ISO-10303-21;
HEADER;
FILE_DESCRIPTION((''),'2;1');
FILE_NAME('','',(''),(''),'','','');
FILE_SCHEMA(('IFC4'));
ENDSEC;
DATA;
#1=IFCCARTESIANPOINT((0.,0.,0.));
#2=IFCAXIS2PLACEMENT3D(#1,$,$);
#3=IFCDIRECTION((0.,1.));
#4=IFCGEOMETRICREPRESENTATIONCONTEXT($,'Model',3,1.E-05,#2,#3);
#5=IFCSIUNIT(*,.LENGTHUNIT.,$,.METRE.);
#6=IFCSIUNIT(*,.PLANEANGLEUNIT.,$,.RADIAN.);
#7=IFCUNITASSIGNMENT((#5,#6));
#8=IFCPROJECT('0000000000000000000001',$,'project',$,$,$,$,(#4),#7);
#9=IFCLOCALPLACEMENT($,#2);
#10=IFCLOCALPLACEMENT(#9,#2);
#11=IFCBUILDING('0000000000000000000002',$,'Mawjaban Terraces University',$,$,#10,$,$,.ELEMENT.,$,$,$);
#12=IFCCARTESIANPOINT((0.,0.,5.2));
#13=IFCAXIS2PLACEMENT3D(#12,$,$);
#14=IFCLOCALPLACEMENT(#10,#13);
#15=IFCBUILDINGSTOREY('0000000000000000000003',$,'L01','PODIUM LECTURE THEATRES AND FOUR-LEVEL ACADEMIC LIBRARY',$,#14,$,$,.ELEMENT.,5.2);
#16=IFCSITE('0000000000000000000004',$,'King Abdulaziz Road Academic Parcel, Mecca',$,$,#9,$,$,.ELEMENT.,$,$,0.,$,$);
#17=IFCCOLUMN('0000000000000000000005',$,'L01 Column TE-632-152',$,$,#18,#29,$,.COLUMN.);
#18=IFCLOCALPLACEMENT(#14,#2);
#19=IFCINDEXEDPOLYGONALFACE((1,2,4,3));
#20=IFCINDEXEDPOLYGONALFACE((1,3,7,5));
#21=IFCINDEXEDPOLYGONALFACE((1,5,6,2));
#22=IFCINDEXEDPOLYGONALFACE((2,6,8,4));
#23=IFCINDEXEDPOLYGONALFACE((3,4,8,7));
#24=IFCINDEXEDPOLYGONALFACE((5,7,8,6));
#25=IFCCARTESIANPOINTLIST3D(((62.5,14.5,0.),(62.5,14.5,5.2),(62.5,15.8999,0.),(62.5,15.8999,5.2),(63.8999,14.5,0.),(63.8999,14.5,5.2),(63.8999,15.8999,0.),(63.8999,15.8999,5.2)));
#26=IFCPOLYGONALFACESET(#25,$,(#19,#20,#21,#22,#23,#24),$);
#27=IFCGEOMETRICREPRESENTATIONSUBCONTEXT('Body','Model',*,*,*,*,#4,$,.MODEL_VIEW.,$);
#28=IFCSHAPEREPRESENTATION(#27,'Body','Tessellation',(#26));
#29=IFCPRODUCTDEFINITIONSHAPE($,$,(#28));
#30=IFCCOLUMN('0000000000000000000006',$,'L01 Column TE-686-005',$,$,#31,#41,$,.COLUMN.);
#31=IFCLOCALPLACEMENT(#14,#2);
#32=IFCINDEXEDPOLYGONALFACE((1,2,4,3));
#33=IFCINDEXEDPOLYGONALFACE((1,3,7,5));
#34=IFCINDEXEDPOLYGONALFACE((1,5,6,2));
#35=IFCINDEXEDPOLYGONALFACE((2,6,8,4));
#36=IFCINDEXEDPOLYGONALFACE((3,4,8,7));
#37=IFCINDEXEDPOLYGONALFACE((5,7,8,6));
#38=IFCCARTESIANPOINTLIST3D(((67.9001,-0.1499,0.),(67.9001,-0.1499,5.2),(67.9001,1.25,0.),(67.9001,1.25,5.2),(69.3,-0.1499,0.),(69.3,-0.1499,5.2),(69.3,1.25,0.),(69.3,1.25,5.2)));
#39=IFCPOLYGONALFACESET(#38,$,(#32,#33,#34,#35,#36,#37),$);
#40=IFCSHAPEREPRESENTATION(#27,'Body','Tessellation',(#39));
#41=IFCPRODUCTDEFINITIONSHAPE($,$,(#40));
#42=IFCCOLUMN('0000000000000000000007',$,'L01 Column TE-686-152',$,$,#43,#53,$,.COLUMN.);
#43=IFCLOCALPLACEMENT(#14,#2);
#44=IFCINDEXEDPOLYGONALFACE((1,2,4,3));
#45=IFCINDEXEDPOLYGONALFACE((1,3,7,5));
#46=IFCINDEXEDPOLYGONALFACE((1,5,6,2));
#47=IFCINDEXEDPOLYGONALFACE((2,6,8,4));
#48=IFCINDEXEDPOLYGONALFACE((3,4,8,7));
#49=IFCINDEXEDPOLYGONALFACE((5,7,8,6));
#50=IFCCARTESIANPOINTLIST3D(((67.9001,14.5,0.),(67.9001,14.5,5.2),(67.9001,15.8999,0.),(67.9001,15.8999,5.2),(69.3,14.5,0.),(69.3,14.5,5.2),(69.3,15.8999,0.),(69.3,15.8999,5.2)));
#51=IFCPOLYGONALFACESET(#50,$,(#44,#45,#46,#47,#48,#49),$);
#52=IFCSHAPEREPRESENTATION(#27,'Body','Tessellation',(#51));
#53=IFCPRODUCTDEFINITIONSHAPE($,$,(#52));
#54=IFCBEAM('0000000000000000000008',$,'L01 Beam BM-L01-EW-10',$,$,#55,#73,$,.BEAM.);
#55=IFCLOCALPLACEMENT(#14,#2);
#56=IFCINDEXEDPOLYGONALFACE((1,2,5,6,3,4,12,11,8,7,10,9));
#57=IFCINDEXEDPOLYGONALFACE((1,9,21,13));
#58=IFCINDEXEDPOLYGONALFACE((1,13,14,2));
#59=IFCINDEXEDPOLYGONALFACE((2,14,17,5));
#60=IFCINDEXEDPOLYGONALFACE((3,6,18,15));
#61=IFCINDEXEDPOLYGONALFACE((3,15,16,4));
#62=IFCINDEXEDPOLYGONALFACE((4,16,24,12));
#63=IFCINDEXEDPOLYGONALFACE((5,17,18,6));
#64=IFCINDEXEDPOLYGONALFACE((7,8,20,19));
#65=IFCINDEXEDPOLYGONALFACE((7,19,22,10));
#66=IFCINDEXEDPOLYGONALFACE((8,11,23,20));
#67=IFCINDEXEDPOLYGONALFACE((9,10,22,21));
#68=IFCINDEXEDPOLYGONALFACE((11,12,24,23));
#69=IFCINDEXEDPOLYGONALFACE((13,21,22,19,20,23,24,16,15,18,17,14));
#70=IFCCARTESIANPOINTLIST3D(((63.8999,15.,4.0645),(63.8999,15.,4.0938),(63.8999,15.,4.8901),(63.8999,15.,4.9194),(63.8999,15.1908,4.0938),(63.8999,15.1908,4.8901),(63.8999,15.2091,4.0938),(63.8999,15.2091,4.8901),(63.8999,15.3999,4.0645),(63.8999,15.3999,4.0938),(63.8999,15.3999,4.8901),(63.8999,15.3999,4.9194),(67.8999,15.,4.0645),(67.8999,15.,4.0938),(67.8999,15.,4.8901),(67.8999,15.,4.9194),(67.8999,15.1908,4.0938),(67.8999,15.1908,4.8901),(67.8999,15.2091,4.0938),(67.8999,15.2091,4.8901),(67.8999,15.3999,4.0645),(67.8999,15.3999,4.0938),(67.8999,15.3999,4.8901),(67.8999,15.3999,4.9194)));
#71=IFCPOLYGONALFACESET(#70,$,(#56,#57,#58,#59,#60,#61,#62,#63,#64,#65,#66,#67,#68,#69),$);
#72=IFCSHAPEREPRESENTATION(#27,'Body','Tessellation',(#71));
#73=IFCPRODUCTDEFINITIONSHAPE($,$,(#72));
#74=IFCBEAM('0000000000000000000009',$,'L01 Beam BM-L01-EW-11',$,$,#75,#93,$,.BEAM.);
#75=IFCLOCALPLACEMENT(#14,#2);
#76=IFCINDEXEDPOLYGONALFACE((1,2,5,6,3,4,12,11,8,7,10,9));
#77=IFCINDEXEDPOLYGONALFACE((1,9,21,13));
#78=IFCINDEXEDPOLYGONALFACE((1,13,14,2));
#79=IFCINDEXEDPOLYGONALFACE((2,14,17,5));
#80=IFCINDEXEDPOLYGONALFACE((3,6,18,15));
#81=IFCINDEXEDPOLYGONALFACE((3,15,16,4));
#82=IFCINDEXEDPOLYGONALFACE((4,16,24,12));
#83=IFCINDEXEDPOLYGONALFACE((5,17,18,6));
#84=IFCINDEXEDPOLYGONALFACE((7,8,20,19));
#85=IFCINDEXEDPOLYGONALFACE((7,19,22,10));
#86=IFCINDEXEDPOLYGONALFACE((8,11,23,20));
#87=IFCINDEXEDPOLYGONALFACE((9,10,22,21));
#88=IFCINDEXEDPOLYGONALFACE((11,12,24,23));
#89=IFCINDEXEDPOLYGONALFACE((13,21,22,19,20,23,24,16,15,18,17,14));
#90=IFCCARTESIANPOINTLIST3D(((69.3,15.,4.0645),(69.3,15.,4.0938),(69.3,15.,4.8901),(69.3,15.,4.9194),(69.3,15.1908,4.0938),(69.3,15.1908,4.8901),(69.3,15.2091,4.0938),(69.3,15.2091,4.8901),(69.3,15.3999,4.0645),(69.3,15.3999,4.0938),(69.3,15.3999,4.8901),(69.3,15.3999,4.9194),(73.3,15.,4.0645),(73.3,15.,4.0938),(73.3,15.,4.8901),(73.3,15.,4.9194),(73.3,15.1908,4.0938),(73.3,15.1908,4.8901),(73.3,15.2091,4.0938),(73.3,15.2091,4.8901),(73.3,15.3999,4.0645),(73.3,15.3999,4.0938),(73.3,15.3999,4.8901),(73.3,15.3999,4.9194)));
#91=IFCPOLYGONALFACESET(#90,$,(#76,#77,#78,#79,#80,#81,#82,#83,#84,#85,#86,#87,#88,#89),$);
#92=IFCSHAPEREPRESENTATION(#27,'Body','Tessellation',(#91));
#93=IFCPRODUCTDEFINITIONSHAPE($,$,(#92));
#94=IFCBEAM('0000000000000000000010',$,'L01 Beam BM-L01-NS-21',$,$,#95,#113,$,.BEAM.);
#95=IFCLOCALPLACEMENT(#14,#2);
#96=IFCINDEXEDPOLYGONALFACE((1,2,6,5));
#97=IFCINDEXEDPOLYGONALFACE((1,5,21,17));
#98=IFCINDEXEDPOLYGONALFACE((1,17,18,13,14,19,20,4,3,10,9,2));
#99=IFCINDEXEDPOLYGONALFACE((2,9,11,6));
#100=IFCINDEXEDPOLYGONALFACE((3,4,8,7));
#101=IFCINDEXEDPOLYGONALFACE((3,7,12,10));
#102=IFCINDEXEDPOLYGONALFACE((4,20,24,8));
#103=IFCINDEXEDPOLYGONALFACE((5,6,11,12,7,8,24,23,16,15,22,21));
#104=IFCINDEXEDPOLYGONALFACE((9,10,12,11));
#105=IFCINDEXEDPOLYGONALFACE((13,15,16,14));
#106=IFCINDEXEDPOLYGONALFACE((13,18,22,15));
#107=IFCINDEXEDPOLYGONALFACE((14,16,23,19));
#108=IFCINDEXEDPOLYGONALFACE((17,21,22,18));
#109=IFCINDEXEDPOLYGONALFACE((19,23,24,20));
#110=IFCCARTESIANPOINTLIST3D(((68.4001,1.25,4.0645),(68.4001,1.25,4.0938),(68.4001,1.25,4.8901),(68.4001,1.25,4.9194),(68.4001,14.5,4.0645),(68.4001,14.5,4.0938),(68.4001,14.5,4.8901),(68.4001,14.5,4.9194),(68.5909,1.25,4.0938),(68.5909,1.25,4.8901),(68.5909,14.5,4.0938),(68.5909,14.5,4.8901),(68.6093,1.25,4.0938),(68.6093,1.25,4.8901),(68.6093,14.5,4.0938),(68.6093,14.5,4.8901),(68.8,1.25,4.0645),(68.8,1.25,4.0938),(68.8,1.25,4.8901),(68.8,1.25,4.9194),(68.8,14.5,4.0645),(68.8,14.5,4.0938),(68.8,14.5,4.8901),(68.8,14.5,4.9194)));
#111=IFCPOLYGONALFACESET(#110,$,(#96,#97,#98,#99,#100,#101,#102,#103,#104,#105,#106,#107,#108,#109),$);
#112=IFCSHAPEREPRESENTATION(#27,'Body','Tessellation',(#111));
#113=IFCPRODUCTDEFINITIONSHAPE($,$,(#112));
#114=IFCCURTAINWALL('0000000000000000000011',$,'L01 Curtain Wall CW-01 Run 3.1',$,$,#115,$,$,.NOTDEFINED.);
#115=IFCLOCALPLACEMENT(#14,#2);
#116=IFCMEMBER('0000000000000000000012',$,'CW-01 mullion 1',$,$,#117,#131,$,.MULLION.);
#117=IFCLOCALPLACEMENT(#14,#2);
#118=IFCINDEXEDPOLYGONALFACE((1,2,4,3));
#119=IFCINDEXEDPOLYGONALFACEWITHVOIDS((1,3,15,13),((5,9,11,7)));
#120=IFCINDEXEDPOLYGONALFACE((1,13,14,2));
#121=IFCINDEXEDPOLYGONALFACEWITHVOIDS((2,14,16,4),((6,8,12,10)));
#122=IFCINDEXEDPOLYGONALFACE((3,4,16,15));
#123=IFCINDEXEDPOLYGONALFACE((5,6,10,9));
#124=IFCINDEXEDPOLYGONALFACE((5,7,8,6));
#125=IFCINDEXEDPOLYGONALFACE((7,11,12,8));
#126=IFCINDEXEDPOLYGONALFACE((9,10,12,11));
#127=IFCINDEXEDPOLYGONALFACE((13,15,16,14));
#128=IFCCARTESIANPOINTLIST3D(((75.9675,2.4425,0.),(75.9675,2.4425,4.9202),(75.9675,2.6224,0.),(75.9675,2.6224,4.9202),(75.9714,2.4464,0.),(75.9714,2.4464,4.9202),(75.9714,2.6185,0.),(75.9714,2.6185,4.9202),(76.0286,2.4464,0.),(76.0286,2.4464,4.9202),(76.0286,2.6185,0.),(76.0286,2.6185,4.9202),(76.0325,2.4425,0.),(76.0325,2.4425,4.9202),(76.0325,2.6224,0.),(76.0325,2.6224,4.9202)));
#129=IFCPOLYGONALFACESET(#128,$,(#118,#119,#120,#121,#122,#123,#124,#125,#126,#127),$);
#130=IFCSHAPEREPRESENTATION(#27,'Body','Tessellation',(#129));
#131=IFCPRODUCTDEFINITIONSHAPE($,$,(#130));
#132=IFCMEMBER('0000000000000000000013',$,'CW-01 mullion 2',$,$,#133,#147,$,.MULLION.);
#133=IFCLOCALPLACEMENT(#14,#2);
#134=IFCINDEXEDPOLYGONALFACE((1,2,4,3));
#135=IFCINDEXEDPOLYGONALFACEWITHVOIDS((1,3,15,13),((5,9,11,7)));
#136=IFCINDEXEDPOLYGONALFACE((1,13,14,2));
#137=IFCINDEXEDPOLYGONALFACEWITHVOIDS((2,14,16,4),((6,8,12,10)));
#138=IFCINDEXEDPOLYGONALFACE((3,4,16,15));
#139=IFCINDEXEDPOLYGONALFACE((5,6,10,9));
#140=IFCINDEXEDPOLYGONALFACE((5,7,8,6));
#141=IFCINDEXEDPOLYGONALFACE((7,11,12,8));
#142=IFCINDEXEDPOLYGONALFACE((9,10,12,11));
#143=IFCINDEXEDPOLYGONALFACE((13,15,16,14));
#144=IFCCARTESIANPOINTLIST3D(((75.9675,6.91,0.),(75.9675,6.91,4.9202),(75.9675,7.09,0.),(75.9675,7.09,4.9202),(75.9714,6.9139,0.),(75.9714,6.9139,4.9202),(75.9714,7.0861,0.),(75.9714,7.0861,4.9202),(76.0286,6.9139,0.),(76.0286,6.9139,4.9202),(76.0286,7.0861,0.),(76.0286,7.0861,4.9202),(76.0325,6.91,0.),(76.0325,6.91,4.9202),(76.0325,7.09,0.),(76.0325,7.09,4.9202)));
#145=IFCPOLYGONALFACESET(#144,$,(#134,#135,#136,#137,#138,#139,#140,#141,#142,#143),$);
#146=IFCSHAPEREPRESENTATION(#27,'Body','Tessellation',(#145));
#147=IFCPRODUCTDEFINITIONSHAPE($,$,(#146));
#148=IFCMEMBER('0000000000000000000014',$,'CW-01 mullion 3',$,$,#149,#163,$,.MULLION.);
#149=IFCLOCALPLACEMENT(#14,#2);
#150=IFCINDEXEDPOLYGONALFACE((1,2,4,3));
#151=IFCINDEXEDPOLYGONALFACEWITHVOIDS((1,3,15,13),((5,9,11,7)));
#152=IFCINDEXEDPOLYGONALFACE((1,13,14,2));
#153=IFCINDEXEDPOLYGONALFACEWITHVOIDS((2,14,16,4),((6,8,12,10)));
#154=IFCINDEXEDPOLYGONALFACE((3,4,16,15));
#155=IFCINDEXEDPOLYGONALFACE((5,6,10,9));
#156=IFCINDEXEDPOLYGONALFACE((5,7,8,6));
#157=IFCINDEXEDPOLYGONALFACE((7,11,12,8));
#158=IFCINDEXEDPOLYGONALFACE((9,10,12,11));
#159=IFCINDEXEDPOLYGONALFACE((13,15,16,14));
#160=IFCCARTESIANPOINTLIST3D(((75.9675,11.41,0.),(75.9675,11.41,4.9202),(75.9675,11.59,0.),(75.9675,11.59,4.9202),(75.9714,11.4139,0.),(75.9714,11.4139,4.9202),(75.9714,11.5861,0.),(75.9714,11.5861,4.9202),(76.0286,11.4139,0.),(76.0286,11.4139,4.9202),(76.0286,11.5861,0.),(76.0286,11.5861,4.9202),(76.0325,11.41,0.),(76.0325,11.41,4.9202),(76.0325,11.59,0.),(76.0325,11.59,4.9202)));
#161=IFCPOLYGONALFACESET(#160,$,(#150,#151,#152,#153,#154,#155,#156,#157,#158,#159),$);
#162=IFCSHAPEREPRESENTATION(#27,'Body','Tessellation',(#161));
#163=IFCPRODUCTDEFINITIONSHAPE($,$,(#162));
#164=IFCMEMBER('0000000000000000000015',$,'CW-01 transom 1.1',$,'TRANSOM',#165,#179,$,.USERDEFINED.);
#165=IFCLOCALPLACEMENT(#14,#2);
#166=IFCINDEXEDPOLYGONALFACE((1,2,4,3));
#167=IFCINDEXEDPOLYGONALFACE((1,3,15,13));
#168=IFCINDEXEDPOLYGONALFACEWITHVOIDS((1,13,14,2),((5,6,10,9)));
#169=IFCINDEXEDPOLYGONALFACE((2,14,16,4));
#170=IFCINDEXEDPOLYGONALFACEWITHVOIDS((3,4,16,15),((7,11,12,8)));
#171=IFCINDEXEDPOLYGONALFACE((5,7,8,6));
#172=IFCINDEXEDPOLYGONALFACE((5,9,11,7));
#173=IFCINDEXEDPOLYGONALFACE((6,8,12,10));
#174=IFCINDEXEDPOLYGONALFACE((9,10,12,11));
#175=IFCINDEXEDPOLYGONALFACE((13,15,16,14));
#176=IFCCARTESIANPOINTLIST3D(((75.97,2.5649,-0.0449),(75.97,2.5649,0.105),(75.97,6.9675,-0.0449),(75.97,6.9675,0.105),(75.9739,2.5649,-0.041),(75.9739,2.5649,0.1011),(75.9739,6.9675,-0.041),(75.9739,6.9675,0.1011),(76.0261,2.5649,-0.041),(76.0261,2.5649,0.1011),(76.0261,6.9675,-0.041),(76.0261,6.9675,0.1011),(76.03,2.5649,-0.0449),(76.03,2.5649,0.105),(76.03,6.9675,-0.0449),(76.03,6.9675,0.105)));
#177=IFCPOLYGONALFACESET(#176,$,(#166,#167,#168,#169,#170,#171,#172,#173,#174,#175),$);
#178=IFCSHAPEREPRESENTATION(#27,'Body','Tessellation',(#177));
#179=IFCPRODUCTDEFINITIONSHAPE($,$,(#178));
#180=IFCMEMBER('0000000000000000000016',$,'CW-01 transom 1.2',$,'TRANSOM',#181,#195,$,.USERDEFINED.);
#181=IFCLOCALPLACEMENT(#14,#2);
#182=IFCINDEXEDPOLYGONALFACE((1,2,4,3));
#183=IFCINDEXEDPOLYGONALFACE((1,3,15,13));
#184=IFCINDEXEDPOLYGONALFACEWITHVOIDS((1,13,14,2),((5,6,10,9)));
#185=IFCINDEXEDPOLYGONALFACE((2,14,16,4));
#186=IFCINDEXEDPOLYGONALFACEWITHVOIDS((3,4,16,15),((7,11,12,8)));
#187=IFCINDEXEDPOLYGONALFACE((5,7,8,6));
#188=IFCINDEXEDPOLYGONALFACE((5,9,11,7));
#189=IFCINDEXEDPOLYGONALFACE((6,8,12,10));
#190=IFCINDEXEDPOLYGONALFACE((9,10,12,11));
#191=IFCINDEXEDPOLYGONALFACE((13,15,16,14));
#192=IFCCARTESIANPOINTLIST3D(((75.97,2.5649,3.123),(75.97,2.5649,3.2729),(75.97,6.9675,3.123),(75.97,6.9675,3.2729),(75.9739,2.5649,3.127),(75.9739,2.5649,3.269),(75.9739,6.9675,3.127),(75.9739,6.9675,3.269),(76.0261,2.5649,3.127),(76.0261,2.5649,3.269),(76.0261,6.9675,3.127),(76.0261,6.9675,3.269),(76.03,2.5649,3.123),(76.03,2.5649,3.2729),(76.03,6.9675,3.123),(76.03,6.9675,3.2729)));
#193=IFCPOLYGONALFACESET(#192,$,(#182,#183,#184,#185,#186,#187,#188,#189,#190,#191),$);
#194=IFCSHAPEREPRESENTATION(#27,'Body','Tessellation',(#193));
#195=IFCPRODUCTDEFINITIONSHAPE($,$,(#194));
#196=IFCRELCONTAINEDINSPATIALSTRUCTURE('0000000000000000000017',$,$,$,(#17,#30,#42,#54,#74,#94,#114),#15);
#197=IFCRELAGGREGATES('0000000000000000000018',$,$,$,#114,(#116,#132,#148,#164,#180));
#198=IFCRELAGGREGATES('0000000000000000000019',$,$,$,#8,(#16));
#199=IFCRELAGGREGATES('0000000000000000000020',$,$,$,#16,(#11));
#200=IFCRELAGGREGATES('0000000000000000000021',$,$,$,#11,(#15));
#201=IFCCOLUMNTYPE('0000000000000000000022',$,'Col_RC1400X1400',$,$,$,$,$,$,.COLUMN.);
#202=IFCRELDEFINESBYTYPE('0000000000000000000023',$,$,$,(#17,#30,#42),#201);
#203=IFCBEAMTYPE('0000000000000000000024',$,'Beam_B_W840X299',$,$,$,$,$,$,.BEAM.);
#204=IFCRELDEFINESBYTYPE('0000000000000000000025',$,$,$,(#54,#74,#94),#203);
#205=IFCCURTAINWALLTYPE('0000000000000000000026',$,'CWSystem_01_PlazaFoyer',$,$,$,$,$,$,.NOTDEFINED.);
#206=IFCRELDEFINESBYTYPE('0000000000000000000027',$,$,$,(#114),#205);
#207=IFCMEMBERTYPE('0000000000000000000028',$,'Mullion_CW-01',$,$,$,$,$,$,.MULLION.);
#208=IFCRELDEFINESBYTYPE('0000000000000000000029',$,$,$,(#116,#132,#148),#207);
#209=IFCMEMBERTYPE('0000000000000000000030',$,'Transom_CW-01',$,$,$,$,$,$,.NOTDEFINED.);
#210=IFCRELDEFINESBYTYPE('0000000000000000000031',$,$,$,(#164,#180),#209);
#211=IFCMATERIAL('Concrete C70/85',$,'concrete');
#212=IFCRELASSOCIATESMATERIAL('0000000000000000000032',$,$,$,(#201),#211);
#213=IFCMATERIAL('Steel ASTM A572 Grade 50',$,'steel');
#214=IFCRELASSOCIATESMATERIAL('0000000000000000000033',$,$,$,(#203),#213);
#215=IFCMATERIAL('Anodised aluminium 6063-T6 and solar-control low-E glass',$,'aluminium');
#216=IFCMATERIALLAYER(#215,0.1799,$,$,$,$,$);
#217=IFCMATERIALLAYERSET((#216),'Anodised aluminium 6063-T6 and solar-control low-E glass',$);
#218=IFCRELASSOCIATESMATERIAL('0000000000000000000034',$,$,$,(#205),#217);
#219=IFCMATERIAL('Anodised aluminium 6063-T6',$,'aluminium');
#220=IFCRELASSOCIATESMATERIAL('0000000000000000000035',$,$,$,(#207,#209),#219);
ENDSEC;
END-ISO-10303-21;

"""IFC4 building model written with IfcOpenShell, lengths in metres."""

from ifc_helpers import new_model, si_unit, direction, frame, origin, origin_2d, place, context, subcontext, project, spatial, rectangle, hollow_rectangle, i_section, extrude, material, layer, layer_set, material_profile, profile_set, type_object, element, aggregate, save


model = new_model("IFC4")

# Units and contexts
model_context = context("Model", 3, precision=1e-05, world=origin(), true_north=direction((0.0, 1.0)))
body_context = subcontext(model_context, "Body", "Model", "MODEL_VIEW")
ifc_project = project(units=[si_unit("LENGTHUNIT", "METRE"), si_unit("PLANEANGLEUNIT", "RADIAN")], contexts=[model_context])

# Site, building, storey
site_placement = place(None, origin())
site = spatial("IfcSite", under=ifc_project, at=site_placement, Name="King Abdulaziz Road Academic Parcel, Mecca", CompositionType="ELEMENT", RefElevation=0.0)
building_placement = place(site_placement, origin())
building = spatial("IfcBuilding", under=site, at=building_placement, Name="Mawjaban Terraces University", CompositionType="ELEMENT")
storey_placement = place(building_placement, frame((0.0, 0.0, 5.2)))
storey = spatial("IfcBuildingStorey", under=building, at=storey_placement, Name="L01", Description="PODIUM LECTURE THEATRES AND FOUR-LEVEL ACADEMIC LIBRARY", CompositionType="ELEMENT", Elevation=5.2)

# Columns
ifc_material_1 = material(Name="Concrete C70/85", Category="concrete")
ifc_material_profile_1 = material_profile(ifc_material_1, rectangle(XDim=1.3999, YDim=1.3999, at=origin_2d()), Name="RC1400X1400")
ifc_profile_set_1 = profile_set([ifc_material_profile_1], Name="Concrete C70/85")
column_type = type_object("IfcColumnType", Name="Col_RC1400X1400", PredefinedType="COLUMN", material=ifc_profile_set_1)
for number, where, z_axis, x_axis, name in (
    (1, (63.2, 15.2, 0.0), (0.0, 0.0, 1.0), (1.0, 0.0, 0.0), "L01 Column TE-632-152"),
    (2, (68.6001, 0.55, 0.0), (0.0, 0.0, 1.0), (1.0, 0.0, 0.0), "L01 Column TE-686-005"),
    (3, (68.6001, 15.2, 0.0), (0.0, 0.0, 1.0), (1.0, 0.0, 0.0), "L01 Column TE-686-152"),
):
    element("IfcColumn", number, at=place(storey_placement, frame(where, z_axis=z_axis, x_axis=x_axis)), inside=storey, type_object=column_type, Name=name, PredefinedType="COLUMN", context=body_context, shape_type="SweptSolid", body=[
        extrude(rectangle(XDim=1.3999, YDim=1.3999, at=origin_2d()), origin(), (0.0, 0.0, 1.0), 5.2),
    ])

# Beams
ifc_material_2 = material(Name="Steel ASTM A572 Grade 50", Category="steel")
ifc_material_profile_2 = material_profile(ifc_material_2, i_section(OverallWidth=0.3999, OverallDepth=0.855, WebThickness=0.0183, FlangeThickness=0.0293, at=origin_2d()), Name="W840X299")
ifc_profile_set_2 = profile_set([ifc_material_profile_2], Name="Steel ASTM A572 Grade 50")
beam_type = type_object("IfcBeamType", Name="Beam_B_W840X299", PredefinedType="BEAM", material=ifc_profile_set_2)
for number, where, z_axis, x_axis, name in (
    (4, (63.8999, 15.2, 4.4919), (1.0, 0.0, 0.0), (0.0, 1.0, 0.0), "L01 Beam BM-L01-EW-10"),
    (5, (69.3, 15.2, 4.4919), (1.0, 0.0, 0.0), (0.0, 1.0, 0.0), "L01 Beam BM-L01-EW-11"),
):
    element("IfcBeam", number, at=place(storey_placement, frame(where, z_axis=z_axis, x_axis=x_axis)), inside=storey, type_object=beam_type, Name=name, PredefinedType="BEAM", context=body_context, shape_type="SweptSolid", body=[
        extrude(i_section(OverallWidth=0.3999, OverallDepth=0.855, WebThickness=0.0183, FlangeThickness=0.0293, at=origin_2d()), origin(), (0.0, 0.0, 1.0), 4.0),
    ])
beam_placement = place(storey_placement, frame((68.6001, 1.25, 4.4919), z_axis=(0.0, 1.0, 0.0), x_axis=(-1.0, 0.0, 0.0)))
element("IfcBeam", 6, at=beam_placement, inside=storey, type_object=beam_type, Name="L01 Beam BM-L01-NS-21", PredefinedType="BEAM", context=body_context, shape_type="SweptSolid", body=[
    extrude(i_section(OverallWidth=0.3999, OverallDepth=0.855, WebThickness=0.0183, FlangeThickness=0.0293, at=origin_2d()), origin(), (0.0, 0.0, 1.0), 13.25),
])

# Curtain wall, members
ifc_material_3 = material(Name="Anodised aluminium 6063-T6 and solar-control low-E glass", Category="aluminium")
ifc_layer_1 = layer(ifc_material_3, 0.1799)
ifc_layer_set_1 = layer_set([ifc_layer_1], Name="Anodised aluminium 6063-T6 and solar-control low-E glass")
curtain_wall_type = type_object("IfcCurtainWallType", Name="CWSystem_01_PlazaFoyer", PredefinedType="NOTDEFINED", material=ifc_layer_set_1)
curtain_wall_placement = place(storey_placement, origin())
curtain_wall = element("IfcCurtainWall", 7, at=curtain_wall_placement, inside=storey, type_object=curtain_wall_type, Name="L01 Curtain Wall CW-01 Run 3.1", PredefinedType="NOTDEFINED")
ifc_material_4 = material(Name="Anodised aluminium 6063-T6", Category="aluminium")
ifc_material_profile_3 = material_profile(ifc_material_4, hollow_rectangle(XDim=0.0649, YDim=0.1799, WallThickness=0.0039, at=origin_2d()), Name="ALU180X65X4")
ifc_profile_set_3 = profile_set([ifc_material_profile_3], Name="Anodised aluminium 6063-T6")
member_type_1 = type_object("IfcMemberType", Name="Mullion_CW-01", PredefinedType="MULLION", material=ifc_profile_set_3)
member_1_placement = place(storey_placement, frame((76.0, 2.5325, 0.0), z_axis=(0.0, 0.0, 1.0), x_axis=(-1.0, 0.0, 0.0)))
member_1 = element("IfcMember", 8, at=member_1_placement, type_object=member_type_1, Name="CW-01 mullion 1", PredefinedType="MULLION", context=body_context, shape_type="SweptSolid", body=[
    extrude(hollow_rectangle(XDim=0.0649, YDim=0.1799, WallThickness=0.0039, at=origin_2d()), origin(), (0.0, 0.0, 1.0), 4.9202),
])
member_2_placement = place(storey_placement, frame((76.0, 7.0, 0.0), z_axis=(0.0, 0.0, 1.0), x_axis=(-1.0, 0.0, 0.0)))
member_2 = element("IfcMember", 9, at=member_2_placement, type_object=member_type_1, Name="CW-01 mullion 2", PredefinedType="MULLION", context=body_context, shape_type="SweptSolid", body=[
    extrude(hollow_rectangle(XDim=0.0649, YDim=0.1799, WallThickness=0.0039, at=origin_2d()), origin(), (0.0, 0.0, 1.0), 4.9202),
])
member_3_placement = place(storey_placement, frame((76.0, 11.5, 0.0), z_axis=(0.0, 0.0, 1.0), x_axis=(-1.0, 0.0, 0.0)))
member_3 = element("IfcMember", 10, at=member_3_placement, type_object=member_type_1, Name="CW-01 mullion 3", PredefinedType="MULLION", context=body_context, shape_type="SweptSolid", body=[
    extrude(hollow_rectangle(XDim=0.0649, YDim=0.1799, WallThickness=0.0039, at=origin_2d()), origin(), (0.0, 0.0, 1.0), 4.9202),
])
ifc_material_profile_4 = material_profile(ifc_material_4, hollow_rectangle(XDim=0.0601, YDim=0.1499, WallThickness=0.0039, at=origin_2d()), Name="ALU150X60X4")
ifc_profile_set_4 = profile_set([ifc_material_profile_4], Name="Anodised aluminium 6063-T6")
member_type_2 = type_object("IfcMemberType", Name="Transom_CW-01", PredefinedType="NOTDEFINED", material=ifc_profile_set_4)
member_4_placement = place(storey_placement, frame((76.0, 2.5649, 0.03), z_axis=(0.0, 1.0, 0.0), x_axis=(-1.0, 0.0, 0.0)))
member_4 = element("IfcMember", 11, at=member_4_placement, type_object=member_type_2, Name="CW-01 transom 1.1", ObjectType="TRANSOM", PredefinedType="USERDEFINED", context=body_context, shape_type="SweptSolid", body=[
    extrude(hollow_rectangle(XDim=0.0601, YDim=0.1499, WallThickness=0.0039, at=origin_2d()), origin(), (0.0, 0.0, 1.0), 4.4026),
])
member_5_placement = place(storey_placement, frame((76.0, 2.5649, 3.198), z_axis=(0.0, 1.0, 0.0), x_axis=(-1.0, 0.0, 0.0)))
member_5 = element("IfcMember", 12, at=member_5_placement, type_object=member_type_2, Name="CW-01 transom 1.2", ObjectType="TRANSOM", PredefinedType="USERDEFINED", context=body_context, shape_type="SweptSolid", body=[
    extrude(hollow_rectangle(XDim=0.0601, YDim=0.1499, WallThickness=0.0039, at=origin_2d()), origin(), (0.0, 0.0, 1.0), 4.4026),
])
aggregate(curtain_wall, [member_1, member_2, member_3, member_4, member_5])

save(model, "model.ifc")
